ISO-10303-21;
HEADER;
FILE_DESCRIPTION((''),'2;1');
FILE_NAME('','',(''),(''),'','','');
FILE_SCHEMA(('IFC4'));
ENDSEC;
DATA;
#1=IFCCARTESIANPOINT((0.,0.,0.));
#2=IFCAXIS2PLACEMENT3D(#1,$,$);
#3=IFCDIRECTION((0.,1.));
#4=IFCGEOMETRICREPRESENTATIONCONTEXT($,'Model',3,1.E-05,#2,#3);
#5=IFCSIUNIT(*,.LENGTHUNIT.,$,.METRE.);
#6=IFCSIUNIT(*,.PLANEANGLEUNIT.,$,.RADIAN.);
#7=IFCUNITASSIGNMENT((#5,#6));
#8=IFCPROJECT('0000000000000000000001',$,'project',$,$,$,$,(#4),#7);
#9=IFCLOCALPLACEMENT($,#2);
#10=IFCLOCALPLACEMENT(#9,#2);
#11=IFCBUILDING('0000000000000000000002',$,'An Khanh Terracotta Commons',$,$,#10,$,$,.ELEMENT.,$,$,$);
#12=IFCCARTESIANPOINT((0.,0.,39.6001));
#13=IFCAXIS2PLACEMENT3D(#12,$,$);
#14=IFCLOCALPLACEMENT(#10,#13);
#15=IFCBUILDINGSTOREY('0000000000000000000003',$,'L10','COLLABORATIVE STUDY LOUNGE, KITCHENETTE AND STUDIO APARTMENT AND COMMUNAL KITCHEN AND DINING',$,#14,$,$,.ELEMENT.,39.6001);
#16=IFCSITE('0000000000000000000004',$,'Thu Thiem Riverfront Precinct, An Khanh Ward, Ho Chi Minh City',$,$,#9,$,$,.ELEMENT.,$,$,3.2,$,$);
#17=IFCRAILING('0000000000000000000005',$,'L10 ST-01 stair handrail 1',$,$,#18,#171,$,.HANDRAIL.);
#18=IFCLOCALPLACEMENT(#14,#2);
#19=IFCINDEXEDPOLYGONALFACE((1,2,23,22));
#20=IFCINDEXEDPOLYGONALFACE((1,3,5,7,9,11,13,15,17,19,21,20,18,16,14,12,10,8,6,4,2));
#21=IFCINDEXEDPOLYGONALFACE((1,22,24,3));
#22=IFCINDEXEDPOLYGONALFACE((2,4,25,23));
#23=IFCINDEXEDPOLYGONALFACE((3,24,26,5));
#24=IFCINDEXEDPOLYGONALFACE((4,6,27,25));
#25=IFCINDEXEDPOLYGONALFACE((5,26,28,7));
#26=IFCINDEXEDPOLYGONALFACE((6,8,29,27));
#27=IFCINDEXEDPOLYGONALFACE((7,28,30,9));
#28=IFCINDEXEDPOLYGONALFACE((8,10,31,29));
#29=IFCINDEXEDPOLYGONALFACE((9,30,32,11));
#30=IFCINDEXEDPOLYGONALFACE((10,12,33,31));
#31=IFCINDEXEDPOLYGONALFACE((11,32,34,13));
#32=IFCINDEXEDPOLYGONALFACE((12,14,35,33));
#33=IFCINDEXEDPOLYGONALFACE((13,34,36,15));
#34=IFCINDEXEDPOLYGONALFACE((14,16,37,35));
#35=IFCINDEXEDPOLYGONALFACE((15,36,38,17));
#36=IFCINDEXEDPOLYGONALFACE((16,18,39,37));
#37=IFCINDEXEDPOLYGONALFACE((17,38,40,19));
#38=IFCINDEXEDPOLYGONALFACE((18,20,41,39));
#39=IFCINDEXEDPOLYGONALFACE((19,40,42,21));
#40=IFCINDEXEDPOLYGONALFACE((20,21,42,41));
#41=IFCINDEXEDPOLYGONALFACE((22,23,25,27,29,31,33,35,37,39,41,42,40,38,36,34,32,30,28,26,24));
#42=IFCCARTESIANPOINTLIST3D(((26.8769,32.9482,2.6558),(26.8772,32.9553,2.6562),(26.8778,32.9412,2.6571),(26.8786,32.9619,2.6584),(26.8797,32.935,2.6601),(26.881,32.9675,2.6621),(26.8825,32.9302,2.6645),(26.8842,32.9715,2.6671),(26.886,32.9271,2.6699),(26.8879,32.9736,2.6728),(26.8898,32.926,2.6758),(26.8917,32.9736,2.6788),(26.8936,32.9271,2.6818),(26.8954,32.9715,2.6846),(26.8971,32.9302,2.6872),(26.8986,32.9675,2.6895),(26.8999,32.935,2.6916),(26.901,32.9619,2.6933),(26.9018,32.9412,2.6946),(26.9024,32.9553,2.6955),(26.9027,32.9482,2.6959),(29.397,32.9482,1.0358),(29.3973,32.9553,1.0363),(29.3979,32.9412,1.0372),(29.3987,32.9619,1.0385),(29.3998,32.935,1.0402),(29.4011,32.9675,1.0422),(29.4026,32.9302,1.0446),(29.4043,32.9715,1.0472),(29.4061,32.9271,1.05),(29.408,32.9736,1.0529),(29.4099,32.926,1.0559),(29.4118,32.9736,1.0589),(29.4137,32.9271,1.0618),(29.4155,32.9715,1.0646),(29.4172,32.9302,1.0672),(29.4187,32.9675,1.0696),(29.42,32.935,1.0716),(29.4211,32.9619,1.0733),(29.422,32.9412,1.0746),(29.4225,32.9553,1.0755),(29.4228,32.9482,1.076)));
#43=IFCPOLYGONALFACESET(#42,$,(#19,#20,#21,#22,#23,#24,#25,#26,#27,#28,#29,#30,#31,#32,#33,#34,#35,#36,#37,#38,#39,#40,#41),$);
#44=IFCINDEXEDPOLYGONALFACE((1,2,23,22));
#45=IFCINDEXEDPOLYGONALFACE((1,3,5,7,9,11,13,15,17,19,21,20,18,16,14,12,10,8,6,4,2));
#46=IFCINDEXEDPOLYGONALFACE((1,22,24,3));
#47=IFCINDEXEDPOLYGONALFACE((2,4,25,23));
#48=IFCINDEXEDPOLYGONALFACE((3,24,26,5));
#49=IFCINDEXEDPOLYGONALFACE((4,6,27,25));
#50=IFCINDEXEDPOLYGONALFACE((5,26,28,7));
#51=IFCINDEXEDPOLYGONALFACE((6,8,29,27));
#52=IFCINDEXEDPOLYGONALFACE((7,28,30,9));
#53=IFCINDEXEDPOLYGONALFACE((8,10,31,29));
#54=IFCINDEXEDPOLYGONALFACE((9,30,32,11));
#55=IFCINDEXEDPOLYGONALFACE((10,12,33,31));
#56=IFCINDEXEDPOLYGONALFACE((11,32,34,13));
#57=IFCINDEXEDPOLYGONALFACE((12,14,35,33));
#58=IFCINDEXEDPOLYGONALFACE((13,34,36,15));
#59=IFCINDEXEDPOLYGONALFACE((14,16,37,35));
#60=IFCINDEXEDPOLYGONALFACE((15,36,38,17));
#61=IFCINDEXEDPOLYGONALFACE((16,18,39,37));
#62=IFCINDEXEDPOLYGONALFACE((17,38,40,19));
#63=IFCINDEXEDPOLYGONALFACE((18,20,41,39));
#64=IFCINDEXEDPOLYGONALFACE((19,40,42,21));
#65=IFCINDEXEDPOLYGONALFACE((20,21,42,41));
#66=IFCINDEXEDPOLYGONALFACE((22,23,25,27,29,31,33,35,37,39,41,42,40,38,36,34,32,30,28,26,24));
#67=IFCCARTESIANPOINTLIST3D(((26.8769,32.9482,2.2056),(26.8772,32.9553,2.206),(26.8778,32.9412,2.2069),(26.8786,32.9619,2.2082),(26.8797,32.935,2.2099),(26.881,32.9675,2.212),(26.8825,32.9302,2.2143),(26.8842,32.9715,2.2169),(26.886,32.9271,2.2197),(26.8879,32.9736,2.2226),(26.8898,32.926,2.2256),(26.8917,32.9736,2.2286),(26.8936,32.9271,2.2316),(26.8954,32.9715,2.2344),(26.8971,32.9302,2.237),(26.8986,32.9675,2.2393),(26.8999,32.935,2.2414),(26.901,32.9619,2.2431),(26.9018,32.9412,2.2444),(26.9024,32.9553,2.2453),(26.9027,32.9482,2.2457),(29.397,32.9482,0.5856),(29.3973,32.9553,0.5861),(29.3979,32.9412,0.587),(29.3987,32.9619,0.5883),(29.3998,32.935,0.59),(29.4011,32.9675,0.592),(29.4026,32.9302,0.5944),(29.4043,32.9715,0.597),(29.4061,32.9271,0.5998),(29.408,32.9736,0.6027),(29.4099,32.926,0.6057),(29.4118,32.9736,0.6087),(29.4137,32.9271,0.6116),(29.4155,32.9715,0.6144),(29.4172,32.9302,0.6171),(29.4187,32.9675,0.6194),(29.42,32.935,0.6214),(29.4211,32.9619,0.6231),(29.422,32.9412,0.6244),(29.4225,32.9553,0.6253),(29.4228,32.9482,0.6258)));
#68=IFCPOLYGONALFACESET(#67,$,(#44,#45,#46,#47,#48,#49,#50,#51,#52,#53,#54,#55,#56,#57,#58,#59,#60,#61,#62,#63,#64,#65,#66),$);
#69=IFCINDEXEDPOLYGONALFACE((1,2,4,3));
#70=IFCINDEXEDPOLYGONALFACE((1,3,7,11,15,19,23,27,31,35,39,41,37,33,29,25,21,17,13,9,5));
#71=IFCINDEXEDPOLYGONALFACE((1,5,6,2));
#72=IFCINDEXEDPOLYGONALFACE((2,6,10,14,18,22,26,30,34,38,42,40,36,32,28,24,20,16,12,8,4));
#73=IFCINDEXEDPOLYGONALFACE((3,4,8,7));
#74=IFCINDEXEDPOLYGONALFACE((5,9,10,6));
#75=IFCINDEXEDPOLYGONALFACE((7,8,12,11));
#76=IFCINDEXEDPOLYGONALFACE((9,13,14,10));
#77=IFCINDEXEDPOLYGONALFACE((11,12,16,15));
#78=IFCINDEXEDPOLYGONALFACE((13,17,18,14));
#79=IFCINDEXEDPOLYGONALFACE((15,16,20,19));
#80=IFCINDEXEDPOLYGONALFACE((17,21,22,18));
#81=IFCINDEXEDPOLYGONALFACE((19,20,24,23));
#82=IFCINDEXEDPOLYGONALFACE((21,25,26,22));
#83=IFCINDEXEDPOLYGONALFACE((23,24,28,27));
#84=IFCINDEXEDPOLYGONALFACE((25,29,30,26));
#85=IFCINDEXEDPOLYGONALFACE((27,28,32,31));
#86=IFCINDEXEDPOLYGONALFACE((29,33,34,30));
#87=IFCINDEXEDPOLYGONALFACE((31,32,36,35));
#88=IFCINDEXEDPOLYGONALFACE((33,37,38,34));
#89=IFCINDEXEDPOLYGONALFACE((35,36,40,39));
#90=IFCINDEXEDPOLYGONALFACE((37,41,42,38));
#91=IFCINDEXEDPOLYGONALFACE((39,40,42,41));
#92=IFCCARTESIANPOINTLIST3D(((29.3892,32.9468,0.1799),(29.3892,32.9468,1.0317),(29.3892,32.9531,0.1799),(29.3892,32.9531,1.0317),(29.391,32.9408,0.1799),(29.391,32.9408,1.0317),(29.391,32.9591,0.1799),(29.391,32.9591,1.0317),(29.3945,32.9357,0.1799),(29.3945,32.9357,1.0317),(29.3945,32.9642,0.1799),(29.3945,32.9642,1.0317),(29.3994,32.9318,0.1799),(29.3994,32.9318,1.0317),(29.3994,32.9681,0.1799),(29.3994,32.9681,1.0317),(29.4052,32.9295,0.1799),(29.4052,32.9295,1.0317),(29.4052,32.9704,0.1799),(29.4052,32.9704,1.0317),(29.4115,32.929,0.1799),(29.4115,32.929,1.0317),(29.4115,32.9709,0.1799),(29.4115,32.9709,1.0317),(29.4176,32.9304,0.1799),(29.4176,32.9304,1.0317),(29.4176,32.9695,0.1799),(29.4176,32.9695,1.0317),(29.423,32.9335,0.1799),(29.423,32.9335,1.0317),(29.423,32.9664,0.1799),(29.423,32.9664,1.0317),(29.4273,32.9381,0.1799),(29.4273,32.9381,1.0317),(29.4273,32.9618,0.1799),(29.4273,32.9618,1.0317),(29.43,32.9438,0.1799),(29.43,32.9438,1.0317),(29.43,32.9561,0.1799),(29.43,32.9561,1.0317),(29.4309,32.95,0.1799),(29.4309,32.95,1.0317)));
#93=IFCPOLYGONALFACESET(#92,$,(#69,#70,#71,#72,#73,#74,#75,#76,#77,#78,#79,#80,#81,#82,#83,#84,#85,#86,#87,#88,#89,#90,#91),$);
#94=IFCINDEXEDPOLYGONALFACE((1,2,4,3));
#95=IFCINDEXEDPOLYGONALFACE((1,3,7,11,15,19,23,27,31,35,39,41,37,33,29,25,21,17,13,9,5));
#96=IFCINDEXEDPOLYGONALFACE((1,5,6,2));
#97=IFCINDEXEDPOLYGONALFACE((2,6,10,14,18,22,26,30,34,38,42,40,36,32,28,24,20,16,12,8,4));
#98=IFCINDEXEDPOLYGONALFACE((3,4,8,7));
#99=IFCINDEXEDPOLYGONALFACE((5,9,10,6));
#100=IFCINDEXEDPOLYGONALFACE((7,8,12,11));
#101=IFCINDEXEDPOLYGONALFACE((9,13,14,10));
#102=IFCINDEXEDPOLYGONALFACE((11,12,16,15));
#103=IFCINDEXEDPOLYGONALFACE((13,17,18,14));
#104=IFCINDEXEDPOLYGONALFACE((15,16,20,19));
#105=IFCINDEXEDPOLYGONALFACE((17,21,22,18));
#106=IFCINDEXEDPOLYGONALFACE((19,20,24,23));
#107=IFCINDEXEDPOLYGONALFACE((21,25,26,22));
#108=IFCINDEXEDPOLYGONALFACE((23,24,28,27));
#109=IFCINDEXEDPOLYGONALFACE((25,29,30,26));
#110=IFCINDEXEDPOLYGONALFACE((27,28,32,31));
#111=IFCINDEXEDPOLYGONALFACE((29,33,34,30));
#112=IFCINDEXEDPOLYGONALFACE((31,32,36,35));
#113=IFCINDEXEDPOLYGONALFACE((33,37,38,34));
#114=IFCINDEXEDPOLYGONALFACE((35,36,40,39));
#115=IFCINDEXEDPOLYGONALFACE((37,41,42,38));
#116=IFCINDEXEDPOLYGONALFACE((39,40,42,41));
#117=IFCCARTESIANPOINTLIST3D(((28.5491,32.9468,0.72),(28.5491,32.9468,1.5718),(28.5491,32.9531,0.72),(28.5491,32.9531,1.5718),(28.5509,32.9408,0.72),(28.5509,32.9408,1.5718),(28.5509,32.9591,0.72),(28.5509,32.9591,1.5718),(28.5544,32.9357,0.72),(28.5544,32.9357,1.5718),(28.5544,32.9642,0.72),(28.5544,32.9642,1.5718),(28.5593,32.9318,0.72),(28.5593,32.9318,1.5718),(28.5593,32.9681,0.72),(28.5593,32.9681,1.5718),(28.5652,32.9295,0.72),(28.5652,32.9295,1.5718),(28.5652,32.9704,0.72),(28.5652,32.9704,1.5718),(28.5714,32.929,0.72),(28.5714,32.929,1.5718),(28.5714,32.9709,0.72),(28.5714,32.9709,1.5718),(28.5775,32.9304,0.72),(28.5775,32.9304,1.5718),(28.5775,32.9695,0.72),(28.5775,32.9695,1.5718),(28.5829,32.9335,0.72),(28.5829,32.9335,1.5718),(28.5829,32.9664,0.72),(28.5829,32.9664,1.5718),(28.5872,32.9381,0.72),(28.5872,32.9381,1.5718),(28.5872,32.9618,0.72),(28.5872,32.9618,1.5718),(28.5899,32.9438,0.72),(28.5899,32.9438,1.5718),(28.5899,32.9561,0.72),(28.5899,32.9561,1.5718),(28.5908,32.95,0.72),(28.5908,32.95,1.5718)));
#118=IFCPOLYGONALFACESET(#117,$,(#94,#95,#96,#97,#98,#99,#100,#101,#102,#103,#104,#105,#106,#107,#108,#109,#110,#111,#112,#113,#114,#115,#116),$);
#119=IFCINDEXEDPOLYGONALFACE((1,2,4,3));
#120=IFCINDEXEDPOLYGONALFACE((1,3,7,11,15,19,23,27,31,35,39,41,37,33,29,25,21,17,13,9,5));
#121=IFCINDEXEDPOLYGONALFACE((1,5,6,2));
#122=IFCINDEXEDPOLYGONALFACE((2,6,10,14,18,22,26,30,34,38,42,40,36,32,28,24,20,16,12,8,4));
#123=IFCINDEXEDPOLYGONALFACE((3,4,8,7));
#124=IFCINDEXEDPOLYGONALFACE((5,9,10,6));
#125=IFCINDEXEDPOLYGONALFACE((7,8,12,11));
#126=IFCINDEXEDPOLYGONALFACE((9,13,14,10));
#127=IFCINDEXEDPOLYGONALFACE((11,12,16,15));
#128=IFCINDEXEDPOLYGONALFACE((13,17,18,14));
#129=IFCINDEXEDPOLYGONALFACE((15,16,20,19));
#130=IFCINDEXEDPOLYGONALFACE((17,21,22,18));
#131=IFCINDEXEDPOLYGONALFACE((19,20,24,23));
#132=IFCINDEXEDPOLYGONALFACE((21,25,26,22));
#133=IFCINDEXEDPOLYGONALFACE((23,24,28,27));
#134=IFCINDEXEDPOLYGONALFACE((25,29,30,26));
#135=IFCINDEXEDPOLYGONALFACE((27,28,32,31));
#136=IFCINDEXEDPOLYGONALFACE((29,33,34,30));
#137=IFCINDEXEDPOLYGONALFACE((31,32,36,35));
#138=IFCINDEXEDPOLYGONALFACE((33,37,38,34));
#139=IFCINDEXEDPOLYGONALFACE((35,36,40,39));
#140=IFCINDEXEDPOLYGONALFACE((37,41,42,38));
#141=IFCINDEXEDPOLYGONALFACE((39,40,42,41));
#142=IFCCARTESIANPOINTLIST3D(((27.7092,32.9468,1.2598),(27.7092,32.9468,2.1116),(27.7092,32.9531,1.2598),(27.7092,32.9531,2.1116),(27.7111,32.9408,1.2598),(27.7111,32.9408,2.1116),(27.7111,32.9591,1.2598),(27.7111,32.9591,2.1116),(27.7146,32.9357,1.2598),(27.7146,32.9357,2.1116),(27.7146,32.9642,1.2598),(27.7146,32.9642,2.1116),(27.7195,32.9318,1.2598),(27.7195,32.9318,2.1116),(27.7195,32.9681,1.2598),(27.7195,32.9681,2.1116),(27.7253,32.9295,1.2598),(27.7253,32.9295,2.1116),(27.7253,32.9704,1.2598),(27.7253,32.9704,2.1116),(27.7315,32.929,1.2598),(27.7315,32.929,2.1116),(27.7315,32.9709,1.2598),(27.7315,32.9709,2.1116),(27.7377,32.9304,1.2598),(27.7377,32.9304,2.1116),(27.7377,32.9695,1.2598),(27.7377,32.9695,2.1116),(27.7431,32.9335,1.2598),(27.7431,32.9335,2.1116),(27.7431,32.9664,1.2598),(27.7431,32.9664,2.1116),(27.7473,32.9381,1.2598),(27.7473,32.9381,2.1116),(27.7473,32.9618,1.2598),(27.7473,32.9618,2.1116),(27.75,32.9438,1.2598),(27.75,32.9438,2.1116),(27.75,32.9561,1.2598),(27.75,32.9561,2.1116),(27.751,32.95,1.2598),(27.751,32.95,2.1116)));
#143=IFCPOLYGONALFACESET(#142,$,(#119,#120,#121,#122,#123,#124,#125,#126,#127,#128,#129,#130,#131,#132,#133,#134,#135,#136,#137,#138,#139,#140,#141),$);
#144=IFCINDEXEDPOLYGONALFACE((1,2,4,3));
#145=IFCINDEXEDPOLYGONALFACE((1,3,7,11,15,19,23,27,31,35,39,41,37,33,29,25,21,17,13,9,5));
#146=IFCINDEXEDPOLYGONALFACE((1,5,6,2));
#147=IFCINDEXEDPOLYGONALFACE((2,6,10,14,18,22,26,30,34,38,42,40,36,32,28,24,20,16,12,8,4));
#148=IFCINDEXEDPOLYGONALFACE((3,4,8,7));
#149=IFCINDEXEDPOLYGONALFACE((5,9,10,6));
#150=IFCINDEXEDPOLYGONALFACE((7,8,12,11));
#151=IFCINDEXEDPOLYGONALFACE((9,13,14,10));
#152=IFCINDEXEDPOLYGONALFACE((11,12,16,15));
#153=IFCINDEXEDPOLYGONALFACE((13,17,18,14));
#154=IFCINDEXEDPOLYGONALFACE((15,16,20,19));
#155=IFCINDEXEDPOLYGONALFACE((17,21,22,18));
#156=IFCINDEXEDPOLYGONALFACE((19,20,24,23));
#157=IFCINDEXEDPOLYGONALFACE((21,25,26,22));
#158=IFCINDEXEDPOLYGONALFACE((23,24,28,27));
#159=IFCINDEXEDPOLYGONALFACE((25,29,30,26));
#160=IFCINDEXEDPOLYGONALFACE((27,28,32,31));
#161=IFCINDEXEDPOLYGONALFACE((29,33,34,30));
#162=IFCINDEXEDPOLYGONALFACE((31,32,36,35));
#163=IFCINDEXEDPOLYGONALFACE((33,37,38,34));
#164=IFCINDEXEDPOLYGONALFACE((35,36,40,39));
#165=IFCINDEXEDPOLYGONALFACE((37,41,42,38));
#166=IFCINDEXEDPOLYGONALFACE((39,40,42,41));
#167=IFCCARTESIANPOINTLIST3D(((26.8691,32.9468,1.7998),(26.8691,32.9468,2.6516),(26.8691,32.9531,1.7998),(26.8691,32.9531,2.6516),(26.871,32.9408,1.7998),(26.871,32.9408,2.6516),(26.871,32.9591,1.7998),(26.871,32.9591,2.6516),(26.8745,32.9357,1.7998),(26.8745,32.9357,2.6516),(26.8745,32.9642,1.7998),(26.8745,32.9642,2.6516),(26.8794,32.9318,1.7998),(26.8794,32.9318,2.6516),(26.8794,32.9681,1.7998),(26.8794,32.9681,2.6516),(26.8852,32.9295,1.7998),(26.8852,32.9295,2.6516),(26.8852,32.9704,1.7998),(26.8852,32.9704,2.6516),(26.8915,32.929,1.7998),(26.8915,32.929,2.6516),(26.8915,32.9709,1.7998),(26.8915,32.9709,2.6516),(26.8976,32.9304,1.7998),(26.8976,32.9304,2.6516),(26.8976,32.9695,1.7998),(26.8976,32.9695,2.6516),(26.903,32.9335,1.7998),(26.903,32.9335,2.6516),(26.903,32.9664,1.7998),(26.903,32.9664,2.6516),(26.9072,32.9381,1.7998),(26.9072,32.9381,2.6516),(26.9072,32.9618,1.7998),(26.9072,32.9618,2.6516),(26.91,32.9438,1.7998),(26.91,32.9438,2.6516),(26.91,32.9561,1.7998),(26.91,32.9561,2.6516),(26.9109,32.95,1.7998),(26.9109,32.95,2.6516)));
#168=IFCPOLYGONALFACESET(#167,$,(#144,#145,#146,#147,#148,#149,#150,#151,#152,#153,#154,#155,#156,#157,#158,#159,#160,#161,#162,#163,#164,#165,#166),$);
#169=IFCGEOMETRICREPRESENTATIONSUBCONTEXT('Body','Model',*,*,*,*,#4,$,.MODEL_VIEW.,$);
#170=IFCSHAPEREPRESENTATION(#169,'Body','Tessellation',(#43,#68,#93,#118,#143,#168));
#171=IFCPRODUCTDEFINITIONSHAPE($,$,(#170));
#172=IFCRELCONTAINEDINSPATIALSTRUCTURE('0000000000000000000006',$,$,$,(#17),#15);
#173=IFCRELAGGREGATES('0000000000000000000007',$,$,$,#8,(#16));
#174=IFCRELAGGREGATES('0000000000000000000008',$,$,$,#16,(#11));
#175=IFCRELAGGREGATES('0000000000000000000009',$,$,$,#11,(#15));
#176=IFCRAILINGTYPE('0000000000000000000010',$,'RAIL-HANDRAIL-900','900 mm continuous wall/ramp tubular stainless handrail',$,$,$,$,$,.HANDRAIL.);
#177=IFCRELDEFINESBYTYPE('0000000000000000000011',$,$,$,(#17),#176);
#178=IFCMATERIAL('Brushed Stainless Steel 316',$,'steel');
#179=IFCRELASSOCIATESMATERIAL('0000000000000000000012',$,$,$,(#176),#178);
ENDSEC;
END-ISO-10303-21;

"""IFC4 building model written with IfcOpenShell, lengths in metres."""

from ifc_helpers import new_model, si_unit, direction, frame, origin, origin_2d, place, context, subcontext, project, spatial, circle, extrude, material, type_object, element, save


model = new_model("IFC4")

# Units and contexts
model_context = context("Model", 3, precision=1e-05, world=origin(), true_north=direction((0.0, 1.0)))
body_context = subcontext(model_context, "Body", "Model", "MODEL_VIEW")
ifc_project = project(units=[si_unit("LENGTHUNIT", "METRE"), si_unit("PLANEANGLEUNIT", "RADIAN")], contexts=[model_context])

# Site, building, storey
site_placement = place(None, origin())
site = spatial("IfcSite", under=ifc_project, at=site_placement, Name="Thu Thiem Riverfront Precinct, An Khanh Ward, Ho Chi Minh City", CompositionType="ELEMENT", RefElevation=3.2)
building_placement = place(site_placement, origin())
building = spatial("IfcBuilding", under=site, at=building_placement, Name="An Khanh Terracotta Commons", CompositionType="ELEMENT")
storey_placement = place(building_placement, frame((0.0, 0.0, 39.6001)))
storey = spatial("IfcBuildingStorey", under=building, at=storey_placement, Name="L10", Description="COLLABORATIVE STUDY LOUNGE, KITCHENETTE AND STUDIO APARTMENT AND COMMUNAL KITCHEN AND DINING", CompositionType="ELEMENT", Elevation=39.6001)

# Railing
ifc_material_1 = material(Name="Brushed Stainless Steel 316", Category="steel")
railing_type_1 = type_object("IfcRailingType", Name="RAIL-HANDRAIL-900", Description="900 mm continuous wall/ramp tubular stainless handrail", PredefinedType="HANDRAIL", material=ifc_material_1)
railing_1_placement = place(storey_placement, frame((29.4099, 32.95, 0.1799)))
element("IfcRailing", 1, at=railing_1_placement, inside=storey, type_object=railing_type_1, Name="L10 ST-01 stair handrail 1", PredefinedType="HANDRAIL", context=body_context, shape_type="SweptSolid", body=[
    extrude(circle(Radius=0.0239, at=origin_2d()), frame((0.0, 0.0, 0.876), z_axis=(-0.8412, 0.0, 0.540725), x_axis=(0.0, -1.0, 0.0)), (0.0, 0.0, 1.0), 2.9958),
    extrude(circle(Radius=0.0239, at=origin_2d()), frame((0.0, 0.0, 0.4258), z_axis=(-0.8412, 0.0, 0.540725), x_axis=(0.0, -1.0, 0.0)), (0.0, 0.0, 1.0), 2.9958),
    extrude(circle(Radius=0.021, at=origin_2d()), origin(), (0.0, 0.0, 1.0), 0.8518),
    extrude(circle(Radius=0.021, at=origin_2d()), frame((-0.8401, 0.0, 0.54)), (0.0, 0.0, 1.0), 0.8518),
    extrude(circle(Radius=0.021, at=origin_2d()), frame((-1.6799, 0.0, 1.0798)), (0.0, 0.0, 1.0), 0.8518),
    extrude(circle(Radius=0.021, at=origin_2d()), frame((-2.52, 0.0, 1.6199)), (0.0, 0.0, 1.0), 0.8518),
])

save(model, "model.ifc")
